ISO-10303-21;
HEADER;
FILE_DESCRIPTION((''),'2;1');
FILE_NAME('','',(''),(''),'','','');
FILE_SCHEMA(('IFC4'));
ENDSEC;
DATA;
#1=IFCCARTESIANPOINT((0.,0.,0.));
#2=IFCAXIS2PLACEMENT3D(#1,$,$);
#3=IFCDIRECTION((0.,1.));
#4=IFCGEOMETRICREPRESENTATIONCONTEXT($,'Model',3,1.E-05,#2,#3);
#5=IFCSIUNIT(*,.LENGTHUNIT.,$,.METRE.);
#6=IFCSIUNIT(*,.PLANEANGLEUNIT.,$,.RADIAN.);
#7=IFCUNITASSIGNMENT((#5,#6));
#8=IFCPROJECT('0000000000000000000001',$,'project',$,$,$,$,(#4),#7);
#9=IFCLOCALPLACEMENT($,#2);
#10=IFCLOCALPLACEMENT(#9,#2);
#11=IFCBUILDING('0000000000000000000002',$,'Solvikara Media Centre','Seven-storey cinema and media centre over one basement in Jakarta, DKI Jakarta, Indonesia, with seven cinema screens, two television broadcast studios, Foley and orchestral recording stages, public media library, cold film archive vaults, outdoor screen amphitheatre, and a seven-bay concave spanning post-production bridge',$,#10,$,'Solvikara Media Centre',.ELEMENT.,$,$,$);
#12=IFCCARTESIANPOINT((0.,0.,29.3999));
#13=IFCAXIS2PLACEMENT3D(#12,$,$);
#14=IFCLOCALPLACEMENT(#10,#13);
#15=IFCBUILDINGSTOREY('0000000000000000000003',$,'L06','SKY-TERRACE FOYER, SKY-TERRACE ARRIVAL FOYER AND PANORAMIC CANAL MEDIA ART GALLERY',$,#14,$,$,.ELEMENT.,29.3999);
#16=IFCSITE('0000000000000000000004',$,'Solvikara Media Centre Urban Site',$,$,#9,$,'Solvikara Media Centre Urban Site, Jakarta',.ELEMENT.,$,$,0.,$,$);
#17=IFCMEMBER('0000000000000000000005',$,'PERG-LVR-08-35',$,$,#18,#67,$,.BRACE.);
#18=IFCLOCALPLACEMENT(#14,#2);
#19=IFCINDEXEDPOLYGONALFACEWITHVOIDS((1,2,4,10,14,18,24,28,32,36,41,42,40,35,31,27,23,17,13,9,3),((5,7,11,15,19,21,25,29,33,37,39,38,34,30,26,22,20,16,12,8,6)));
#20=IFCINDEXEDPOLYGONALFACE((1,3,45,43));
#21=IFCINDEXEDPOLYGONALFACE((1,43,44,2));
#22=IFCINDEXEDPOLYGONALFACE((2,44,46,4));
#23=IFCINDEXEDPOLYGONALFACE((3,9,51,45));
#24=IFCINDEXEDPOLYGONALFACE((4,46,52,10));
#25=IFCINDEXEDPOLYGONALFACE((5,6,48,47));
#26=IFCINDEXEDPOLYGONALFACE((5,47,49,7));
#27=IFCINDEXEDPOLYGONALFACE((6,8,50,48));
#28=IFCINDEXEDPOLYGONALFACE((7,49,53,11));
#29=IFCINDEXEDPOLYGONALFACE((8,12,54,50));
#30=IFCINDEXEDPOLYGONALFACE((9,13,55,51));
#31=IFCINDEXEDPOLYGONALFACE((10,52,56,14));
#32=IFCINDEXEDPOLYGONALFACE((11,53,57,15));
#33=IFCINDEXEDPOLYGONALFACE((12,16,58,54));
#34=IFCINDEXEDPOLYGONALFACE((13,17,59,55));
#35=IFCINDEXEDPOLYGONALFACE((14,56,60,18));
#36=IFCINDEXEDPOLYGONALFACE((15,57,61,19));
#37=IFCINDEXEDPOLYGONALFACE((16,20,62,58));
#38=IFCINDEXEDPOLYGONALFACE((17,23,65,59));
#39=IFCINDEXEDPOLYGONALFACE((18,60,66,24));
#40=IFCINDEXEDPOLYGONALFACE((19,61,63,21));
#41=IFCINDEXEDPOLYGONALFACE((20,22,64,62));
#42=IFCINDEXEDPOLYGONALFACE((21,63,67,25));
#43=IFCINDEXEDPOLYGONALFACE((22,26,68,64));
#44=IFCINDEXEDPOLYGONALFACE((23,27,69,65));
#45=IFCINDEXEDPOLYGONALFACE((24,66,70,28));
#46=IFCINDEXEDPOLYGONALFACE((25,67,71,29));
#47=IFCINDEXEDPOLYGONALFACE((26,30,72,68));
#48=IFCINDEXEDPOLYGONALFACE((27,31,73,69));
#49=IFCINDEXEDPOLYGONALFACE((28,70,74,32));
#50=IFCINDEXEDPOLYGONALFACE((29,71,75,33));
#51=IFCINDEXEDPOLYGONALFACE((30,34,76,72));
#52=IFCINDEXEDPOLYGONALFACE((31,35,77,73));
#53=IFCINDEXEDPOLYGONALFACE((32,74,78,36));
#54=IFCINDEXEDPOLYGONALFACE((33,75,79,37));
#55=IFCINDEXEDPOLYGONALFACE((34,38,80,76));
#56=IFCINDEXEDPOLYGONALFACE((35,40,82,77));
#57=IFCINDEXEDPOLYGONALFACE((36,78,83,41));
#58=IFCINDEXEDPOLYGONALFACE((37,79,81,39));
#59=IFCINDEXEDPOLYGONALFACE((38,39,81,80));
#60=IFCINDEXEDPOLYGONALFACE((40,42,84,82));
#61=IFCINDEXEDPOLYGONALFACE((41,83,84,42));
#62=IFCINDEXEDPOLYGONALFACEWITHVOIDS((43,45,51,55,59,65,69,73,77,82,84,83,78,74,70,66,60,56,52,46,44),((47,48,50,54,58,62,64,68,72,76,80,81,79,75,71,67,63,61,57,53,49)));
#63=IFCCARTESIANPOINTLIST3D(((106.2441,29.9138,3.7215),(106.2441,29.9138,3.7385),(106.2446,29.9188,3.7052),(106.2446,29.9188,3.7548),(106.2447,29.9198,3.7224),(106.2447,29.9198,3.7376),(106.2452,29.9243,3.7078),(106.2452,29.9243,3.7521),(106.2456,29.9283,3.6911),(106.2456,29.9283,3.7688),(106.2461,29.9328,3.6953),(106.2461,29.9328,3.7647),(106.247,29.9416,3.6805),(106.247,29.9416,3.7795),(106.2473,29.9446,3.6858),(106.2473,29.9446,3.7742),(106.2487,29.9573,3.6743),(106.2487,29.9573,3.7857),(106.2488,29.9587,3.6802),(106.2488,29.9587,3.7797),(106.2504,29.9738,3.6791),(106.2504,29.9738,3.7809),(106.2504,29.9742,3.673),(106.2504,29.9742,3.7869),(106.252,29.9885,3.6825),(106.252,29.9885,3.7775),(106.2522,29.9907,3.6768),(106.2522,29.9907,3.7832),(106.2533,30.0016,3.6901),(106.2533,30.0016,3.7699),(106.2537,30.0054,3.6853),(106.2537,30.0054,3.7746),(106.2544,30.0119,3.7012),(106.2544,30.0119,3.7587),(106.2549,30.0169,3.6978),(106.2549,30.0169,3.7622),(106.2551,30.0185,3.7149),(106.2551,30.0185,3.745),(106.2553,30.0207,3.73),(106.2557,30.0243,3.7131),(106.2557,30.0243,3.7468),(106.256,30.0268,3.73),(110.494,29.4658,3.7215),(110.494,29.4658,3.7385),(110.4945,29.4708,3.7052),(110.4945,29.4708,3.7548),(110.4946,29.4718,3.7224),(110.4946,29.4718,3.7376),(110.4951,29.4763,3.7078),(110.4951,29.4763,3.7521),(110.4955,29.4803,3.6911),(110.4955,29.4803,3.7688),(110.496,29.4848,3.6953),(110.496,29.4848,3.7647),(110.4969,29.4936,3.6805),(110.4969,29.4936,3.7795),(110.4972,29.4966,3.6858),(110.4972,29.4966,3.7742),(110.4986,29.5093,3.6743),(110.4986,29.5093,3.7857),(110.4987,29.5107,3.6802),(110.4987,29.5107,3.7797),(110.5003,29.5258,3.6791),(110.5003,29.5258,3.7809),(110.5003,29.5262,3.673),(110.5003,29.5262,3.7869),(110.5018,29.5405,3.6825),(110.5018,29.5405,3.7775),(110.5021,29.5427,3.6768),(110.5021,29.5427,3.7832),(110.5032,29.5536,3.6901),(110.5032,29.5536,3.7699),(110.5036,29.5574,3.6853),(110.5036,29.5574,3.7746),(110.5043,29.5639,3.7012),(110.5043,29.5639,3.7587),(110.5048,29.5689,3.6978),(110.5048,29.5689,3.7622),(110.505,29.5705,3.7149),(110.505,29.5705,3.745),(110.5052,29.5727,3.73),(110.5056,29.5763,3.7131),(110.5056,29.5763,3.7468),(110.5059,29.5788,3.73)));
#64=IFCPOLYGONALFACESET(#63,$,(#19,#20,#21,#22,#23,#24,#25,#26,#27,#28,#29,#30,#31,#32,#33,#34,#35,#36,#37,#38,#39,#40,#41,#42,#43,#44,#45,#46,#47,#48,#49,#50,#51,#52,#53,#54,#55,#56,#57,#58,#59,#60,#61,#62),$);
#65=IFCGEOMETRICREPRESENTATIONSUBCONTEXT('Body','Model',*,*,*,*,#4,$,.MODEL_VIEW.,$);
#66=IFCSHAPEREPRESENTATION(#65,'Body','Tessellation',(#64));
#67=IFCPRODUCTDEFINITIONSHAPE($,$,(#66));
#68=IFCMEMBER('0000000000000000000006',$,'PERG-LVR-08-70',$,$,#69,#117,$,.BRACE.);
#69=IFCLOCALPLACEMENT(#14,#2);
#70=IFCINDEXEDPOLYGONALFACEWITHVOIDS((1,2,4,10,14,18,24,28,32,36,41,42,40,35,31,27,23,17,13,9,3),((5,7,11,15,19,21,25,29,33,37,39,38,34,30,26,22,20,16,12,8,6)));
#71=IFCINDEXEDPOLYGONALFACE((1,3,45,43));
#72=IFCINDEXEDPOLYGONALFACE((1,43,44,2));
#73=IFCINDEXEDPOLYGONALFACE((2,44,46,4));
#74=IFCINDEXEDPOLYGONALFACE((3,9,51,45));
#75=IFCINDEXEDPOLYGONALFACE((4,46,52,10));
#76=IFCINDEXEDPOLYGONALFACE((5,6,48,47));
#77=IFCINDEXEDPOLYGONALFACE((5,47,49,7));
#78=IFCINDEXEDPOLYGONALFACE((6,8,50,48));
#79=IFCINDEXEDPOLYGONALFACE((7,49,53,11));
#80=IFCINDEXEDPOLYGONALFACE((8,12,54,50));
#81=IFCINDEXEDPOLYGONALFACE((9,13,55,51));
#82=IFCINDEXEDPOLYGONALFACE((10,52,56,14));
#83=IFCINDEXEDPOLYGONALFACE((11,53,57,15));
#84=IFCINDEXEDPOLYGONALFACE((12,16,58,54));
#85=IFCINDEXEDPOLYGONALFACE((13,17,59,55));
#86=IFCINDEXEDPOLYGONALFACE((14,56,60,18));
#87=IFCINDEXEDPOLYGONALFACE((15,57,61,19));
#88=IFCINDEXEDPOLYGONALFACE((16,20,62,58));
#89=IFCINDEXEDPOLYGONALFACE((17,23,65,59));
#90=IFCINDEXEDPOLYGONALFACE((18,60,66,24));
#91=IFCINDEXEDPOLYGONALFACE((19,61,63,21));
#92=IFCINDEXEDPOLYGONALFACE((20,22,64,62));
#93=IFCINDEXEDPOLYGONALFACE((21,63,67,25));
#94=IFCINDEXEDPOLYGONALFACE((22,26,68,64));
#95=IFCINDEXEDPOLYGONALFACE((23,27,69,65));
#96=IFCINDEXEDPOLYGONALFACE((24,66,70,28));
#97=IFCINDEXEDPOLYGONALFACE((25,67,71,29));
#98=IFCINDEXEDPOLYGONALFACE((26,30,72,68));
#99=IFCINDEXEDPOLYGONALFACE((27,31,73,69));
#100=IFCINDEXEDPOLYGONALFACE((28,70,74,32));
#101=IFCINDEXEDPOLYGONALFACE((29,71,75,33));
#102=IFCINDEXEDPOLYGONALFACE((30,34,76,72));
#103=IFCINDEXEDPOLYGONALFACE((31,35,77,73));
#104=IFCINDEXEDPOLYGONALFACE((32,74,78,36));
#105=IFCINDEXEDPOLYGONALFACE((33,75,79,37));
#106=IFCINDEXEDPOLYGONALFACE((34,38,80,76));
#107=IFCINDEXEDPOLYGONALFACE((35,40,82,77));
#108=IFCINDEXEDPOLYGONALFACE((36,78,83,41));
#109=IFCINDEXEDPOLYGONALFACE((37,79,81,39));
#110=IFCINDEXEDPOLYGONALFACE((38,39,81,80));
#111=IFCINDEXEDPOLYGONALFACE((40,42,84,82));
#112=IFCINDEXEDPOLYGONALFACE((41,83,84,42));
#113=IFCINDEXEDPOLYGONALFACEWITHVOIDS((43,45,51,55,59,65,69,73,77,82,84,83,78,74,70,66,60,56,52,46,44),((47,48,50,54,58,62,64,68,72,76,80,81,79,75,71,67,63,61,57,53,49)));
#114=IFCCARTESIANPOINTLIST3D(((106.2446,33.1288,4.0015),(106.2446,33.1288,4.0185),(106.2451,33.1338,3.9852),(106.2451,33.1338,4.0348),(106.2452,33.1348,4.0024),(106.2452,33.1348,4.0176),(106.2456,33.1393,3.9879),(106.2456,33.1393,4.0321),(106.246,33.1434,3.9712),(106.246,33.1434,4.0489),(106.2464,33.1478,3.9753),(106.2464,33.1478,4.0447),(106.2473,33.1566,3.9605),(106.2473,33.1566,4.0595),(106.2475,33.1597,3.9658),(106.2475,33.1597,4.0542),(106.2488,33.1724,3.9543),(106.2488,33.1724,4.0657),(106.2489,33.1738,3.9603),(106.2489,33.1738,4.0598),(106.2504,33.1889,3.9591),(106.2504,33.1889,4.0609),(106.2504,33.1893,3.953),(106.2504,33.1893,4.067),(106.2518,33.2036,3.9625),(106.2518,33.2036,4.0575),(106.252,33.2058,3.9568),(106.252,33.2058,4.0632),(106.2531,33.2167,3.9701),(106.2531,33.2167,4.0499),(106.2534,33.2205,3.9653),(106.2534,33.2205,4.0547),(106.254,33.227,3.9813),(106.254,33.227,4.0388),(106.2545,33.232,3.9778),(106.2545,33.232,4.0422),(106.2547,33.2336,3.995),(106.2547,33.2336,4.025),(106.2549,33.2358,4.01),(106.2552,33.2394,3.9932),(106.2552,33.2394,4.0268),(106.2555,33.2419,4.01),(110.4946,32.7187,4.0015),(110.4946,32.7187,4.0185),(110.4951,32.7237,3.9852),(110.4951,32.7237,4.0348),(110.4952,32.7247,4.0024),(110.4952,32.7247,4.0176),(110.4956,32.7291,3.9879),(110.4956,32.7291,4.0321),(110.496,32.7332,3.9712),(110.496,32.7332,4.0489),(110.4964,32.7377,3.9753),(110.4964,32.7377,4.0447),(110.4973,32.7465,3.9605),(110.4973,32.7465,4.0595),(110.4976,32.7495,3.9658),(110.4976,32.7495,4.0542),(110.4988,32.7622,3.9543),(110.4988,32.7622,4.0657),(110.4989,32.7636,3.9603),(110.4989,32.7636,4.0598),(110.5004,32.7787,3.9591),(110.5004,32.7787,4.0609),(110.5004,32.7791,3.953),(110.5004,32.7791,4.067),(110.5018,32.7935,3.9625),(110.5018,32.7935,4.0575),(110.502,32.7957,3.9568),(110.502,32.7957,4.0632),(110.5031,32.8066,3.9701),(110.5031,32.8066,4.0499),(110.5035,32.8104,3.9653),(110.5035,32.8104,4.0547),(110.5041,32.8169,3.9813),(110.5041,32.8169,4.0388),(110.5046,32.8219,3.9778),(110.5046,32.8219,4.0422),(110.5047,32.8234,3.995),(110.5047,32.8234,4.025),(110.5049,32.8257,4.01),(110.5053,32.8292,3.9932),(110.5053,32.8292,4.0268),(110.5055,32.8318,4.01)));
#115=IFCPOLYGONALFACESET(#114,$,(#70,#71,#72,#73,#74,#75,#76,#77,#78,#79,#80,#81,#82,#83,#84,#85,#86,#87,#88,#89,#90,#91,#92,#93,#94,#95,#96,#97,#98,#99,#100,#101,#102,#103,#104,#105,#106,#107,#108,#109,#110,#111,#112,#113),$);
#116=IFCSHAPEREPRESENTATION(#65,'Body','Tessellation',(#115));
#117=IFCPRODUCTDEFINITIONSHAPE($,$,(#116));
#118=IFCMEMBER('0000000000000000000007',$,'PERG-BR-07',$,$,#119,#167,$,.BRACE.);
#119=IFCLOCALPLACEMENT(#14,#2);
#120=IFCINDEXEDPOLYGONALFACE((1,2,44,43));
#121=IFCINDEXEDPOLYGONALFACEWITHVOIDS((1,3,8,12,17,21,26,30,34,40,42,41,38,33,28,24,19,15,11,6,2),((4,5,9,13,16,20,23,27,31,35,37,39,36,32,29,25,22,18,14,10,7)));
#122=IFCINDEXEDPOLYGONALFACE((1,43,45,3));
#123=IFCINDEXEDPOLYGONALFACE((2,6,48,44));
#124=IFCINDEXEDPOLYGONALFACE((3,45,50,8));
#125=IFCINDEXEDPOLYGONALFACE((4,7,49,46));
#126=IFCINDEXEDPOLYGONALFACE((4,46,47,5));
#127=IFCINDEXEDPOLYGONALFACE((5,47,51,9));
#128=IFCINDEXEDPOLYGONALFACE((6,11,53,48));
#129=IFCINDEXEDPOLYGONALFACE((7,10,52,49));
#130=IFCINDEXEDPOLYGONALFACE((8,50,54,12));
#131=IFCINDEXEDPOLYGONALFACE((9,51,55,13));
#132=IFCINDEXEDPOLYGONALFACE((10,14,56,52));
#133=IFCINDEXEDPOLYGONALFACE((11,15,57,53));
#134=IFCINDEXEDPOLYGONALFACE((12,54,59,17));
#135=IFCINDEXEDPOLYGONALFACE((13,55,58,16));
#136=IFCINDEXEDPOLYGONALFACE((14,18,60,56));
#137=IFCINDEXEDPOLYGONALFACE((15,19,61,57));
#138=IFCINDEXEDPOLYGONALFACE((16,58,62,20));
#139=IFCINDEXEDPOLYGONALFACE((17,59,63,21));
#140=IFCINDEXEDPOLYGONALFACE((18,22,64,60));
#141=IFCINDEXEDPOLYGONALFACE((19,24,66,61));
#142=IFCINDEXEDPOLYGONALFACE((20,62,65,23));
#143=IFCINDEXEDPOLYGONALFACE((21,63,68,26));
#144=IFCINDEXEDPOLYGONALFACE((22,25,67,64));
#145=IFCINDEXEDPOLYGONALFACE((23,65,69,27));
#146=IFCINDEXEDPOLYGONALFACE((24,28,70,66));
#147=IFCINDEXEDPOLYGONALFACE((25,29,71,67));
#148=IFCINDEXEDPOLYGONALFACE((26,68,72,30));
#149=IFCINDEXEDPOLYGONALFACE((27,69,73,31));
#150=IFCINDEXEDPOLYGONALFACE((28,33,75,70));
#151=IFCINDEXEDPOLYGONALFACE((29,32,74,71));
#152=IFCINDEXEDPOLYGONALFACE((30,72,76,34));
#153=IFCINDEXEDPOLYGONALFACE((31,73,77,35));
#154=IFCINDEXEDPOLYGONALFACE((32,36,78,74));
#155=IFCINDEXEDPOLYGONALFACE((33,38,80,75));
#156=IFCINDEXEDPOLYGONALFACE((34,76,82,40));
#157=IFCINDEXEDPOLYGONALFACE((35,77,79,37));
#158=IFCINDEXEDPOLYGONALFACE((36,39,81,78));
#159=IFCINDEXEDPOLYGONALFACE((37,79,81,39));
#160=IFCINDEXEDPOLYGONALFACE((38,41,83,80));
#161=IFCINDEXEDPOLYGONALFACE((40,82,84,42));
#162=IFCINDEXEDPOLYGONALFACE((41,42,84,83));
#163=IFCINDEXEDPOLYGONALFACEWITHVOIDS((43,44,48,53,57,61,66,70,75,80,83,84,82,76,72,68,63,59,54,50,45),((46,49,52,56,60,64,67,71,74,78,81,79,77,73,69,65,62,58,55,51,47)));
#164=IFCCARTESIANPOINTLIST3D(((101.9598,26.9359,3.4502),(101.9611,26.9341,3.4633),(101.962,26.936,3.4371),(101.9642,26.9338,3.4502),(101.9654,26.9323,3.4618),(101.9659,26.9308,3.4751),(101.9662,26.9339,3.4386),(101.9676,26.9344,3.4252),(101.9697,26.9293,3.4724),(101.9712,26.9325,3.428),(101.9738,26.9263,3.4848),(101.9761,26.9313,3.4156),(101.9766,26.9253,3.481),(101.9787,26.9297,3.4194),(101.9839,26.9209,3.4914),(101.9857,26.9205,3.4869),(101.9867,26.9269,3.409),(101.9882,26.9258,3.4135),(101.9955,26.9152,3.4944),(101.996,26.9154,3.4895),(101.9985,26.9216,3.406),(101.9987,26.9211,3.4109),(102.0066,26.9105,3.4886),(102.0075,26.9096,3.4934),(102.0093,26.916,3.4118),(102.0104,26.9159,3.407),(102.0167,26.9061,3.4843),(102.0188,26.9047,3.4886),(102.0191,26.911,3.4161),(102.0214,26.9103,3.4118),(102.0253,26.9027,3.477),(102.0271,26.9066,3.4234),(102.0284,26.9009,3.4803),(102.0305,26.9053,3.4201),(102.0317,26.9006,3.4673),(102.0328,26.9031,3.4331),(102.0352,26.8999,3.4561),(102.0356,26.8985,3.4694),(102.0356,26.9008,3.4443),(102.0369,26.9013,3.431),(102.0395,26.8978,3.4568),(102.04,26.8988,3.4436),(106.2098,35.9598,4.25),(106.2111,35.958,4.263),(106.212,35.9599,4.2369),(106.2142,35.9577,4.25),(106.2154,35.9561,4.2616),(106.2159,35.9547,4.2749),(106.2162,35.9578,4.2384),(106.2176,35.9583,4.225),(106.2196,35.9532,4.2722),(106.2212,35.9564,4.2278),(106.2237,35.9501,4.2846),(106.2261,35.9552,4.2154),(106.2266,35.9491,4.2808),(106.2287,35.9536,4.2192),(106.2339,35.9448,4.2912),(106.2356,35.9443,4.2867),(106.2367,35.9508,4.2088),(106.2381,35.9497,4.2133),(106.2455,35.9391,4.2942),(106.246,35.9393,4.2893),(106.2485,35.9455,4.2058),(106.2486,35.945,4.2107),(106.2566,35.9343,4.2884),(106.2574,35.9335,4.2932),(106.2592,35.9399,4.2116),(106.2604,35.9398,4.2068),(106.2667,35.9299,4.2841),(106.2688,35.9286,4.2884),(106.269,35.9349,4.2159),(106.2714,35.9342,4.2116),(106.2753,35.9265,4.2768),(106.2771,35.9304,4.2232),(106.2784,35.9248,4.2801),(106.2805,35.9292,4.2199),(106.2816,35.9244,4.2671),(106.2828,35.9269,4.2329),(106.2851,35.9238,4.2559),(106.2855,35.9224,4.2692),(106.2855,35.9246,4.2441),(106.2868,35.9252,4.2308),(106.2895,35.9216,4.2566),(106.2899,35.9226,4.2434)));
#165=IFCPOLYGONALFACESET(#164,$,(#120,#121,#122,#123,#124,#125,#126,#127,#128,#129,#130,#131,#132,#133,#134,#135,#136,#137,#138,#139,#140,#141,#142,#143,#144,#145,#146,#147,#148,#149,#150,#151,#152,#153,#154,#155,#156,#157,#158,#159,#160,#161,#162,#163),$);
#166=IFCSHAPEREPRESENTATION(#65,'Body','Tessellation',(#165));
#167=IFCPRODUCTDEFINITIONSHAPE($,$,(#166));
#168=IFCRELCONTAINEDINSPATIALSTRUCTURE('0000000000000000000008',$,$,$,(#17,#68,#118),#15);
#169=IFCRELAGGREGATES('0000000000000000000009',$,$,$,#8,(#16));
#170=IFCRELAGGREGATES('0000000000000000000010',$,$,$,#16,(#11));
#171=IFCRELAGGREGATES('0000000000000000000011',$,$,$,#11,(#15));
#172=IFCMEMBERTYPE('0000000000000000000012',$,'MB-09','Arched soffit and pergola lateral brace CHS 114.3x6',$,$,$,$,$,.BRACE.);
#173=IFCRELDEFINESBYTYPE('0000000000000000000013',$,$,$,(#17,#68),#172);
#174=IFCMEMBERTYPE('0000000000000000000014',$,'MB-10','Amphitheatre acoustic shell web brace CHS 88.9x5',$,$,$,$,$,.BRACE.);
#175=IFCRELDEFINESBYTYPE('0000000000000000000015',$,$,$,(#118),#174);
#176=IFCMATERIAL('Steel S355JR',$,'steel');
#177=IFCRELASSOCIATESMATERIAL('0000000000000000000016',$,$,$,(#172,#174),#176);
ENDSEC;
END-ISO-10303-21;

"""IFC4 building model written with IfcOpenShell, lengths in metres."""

from ifc_helpers import new_model, si_unit, direction, frame, origin, origin_2d, place, context, subcontext, project, spatial, hollow_circle, extrude, material, material_profile, profile_set, type_object, element, save


model = new_model("IFC4")

# Units and contexts
model_context = context("Model", 3, precision=1e-05, world=origin(), true_north=direction((0.0, 1.0)))
body_context = subcontext(model_context, "Body", "Model", "MODEL_VIEW")
ifc_project = project(units=[si_unit("LENGTHUNIT", "METRE"), si_unit("PLANEANGLEUNIT", "RADIAN")], contexts=[model_context])

# Site, building, storey
site_placement = place(None, origin())
site = spatial("IfcSite", under=ifc_project, at=site_placement, Name="Solvikara Media Centre Urban Site", LongName="Solvikara Media Centre Urban Site, Jakarta", CompositionType="ELEMENT", RefElevation=0.0)
building_placement = place(site_placement, origin())
building = spatial("IfcBuilding", under=site, at=building_placement, Name="Solvikara Media Centre", Description="Seven-storey cinema and media centre over one basement in Jakarta, DKI Jakarta, Indonesia, with seven cinema screens, two television broadcast studios, Foley and orchestral recording stages, public media library, cold film archive vaults, outdoor screen amphitheatre, and a seven-bay concave spanning post-production bridge", LongName="Solvikara Media Centre", CompositionType="ELEMENT")
storey_placement = place(building_placement, frame((0.0, 0.0, 29.3999)))
storey = spatial("IfcBuildingStorey", under=building, at=storey_placement, Name="L06", Description="SKY-TERRACE FOYER, SKY-TERRACE ARRIVAL FOYER AND PANORAMIC CANAL MEDIA ART GALLERY", CompositionType="ELEMENT", Elevation=29.3999)

# Shared definitions
ifc_material_1 = material(Name="Steel S355JR", Category="steel")

# Members
ifc_material_profile_1 = material_profile(ifc_material_1, hollow_circle(Radius=0.0571, WallThickness=0.0061, at=origin_2d()), Name="CHS 114.3x6")
ifc_profile_set_1 = profile_set([ifc_material_profile_1], Name="Steel S355JR")
member_type_1 = type_object("IfcMemberType", Name="MB-09", Description="Arched soffit and pergola lateral brace CHS 114.3x6", PredefinedType="BRACE", material=ifc_profile_set_1)
member_1_placement = place(storey_placement, frame((106.25, 29.97, 3.73), z_axis=(0.99449, -0.10483, 0.0), x_axis=(0.10483, 0.99449, 0.0)))
element("IfcMember", 1, at=member_1_placement, inside=storey, type_object=member_type_1, Name="PERG-LVR-08-35", PredefinedType="BRACE", context=body_context, shape_type="SweptSolid", body=[
    extrude(hollow_circle(Radius=0.0571, WallThickness=0.0061, at=origin_2d()), origin(), (0.0, 0.0, 1.0), 4.2734),
])
member_2_placement = place(storey_placement, frame((106.25, 33.1851, 4.01), z_axis=(0.995375, -0.096061, 0.0), x_axis=(0.096061, 0.995375, 0.0)))
element("IfcMember", 2, at=member_2_placement, inside=storey, type_object=member_type_1, Name="PERG-LVR-08-70", PredefinedType="BRACE", context=body_context, shape_type="SweptSolid", body=[
    extrude(hollow_circle(Radius=0.0571, WallThickness=0.0061, at=origin_2d()), origin(), (0.0, 0.0, 1.0), 4.2698),
])
ifc_material_profile_2 = material_profile(ifc_material_1, hollow_circle(Radius=0.0444, WallThickness=0.0049, at=origin_2d()), Name="CHS 88.9x5")
ifc_profile_set_2 = profile_set([ifc_material_profile_2], Name="Steel S355JR")
member_type_2 = type_object("IfcMemberType", Name="MB-10", Description="Amphitheatre acoustic shell web brace CHS 88.9x5", PredefinedType="BRACE", material=ifc_profile_set_2)
member_3_placement = place(storey_placement, frame((102.0, 26.917, 3.4502), z_axis=(0.424717, 0.901791, 0.079927), x_axis=(-0.904686, 0.42608, 0.0)))
element("IfcMember", 3, at=member_3_placement, inside=storey, type_object=member_type_2, Name="PERG-BR-07", PredefinedType="BRACE", context=body_context, shape_type="SweptSolid", body=[
    extrude(hollow_circle(Radius=0.0444, WallThickness=0.0049, at=origin_2d()), origin(), (0.0, 0.0, 1.0), 10.0066),
])

save(model, "model.ifc")
